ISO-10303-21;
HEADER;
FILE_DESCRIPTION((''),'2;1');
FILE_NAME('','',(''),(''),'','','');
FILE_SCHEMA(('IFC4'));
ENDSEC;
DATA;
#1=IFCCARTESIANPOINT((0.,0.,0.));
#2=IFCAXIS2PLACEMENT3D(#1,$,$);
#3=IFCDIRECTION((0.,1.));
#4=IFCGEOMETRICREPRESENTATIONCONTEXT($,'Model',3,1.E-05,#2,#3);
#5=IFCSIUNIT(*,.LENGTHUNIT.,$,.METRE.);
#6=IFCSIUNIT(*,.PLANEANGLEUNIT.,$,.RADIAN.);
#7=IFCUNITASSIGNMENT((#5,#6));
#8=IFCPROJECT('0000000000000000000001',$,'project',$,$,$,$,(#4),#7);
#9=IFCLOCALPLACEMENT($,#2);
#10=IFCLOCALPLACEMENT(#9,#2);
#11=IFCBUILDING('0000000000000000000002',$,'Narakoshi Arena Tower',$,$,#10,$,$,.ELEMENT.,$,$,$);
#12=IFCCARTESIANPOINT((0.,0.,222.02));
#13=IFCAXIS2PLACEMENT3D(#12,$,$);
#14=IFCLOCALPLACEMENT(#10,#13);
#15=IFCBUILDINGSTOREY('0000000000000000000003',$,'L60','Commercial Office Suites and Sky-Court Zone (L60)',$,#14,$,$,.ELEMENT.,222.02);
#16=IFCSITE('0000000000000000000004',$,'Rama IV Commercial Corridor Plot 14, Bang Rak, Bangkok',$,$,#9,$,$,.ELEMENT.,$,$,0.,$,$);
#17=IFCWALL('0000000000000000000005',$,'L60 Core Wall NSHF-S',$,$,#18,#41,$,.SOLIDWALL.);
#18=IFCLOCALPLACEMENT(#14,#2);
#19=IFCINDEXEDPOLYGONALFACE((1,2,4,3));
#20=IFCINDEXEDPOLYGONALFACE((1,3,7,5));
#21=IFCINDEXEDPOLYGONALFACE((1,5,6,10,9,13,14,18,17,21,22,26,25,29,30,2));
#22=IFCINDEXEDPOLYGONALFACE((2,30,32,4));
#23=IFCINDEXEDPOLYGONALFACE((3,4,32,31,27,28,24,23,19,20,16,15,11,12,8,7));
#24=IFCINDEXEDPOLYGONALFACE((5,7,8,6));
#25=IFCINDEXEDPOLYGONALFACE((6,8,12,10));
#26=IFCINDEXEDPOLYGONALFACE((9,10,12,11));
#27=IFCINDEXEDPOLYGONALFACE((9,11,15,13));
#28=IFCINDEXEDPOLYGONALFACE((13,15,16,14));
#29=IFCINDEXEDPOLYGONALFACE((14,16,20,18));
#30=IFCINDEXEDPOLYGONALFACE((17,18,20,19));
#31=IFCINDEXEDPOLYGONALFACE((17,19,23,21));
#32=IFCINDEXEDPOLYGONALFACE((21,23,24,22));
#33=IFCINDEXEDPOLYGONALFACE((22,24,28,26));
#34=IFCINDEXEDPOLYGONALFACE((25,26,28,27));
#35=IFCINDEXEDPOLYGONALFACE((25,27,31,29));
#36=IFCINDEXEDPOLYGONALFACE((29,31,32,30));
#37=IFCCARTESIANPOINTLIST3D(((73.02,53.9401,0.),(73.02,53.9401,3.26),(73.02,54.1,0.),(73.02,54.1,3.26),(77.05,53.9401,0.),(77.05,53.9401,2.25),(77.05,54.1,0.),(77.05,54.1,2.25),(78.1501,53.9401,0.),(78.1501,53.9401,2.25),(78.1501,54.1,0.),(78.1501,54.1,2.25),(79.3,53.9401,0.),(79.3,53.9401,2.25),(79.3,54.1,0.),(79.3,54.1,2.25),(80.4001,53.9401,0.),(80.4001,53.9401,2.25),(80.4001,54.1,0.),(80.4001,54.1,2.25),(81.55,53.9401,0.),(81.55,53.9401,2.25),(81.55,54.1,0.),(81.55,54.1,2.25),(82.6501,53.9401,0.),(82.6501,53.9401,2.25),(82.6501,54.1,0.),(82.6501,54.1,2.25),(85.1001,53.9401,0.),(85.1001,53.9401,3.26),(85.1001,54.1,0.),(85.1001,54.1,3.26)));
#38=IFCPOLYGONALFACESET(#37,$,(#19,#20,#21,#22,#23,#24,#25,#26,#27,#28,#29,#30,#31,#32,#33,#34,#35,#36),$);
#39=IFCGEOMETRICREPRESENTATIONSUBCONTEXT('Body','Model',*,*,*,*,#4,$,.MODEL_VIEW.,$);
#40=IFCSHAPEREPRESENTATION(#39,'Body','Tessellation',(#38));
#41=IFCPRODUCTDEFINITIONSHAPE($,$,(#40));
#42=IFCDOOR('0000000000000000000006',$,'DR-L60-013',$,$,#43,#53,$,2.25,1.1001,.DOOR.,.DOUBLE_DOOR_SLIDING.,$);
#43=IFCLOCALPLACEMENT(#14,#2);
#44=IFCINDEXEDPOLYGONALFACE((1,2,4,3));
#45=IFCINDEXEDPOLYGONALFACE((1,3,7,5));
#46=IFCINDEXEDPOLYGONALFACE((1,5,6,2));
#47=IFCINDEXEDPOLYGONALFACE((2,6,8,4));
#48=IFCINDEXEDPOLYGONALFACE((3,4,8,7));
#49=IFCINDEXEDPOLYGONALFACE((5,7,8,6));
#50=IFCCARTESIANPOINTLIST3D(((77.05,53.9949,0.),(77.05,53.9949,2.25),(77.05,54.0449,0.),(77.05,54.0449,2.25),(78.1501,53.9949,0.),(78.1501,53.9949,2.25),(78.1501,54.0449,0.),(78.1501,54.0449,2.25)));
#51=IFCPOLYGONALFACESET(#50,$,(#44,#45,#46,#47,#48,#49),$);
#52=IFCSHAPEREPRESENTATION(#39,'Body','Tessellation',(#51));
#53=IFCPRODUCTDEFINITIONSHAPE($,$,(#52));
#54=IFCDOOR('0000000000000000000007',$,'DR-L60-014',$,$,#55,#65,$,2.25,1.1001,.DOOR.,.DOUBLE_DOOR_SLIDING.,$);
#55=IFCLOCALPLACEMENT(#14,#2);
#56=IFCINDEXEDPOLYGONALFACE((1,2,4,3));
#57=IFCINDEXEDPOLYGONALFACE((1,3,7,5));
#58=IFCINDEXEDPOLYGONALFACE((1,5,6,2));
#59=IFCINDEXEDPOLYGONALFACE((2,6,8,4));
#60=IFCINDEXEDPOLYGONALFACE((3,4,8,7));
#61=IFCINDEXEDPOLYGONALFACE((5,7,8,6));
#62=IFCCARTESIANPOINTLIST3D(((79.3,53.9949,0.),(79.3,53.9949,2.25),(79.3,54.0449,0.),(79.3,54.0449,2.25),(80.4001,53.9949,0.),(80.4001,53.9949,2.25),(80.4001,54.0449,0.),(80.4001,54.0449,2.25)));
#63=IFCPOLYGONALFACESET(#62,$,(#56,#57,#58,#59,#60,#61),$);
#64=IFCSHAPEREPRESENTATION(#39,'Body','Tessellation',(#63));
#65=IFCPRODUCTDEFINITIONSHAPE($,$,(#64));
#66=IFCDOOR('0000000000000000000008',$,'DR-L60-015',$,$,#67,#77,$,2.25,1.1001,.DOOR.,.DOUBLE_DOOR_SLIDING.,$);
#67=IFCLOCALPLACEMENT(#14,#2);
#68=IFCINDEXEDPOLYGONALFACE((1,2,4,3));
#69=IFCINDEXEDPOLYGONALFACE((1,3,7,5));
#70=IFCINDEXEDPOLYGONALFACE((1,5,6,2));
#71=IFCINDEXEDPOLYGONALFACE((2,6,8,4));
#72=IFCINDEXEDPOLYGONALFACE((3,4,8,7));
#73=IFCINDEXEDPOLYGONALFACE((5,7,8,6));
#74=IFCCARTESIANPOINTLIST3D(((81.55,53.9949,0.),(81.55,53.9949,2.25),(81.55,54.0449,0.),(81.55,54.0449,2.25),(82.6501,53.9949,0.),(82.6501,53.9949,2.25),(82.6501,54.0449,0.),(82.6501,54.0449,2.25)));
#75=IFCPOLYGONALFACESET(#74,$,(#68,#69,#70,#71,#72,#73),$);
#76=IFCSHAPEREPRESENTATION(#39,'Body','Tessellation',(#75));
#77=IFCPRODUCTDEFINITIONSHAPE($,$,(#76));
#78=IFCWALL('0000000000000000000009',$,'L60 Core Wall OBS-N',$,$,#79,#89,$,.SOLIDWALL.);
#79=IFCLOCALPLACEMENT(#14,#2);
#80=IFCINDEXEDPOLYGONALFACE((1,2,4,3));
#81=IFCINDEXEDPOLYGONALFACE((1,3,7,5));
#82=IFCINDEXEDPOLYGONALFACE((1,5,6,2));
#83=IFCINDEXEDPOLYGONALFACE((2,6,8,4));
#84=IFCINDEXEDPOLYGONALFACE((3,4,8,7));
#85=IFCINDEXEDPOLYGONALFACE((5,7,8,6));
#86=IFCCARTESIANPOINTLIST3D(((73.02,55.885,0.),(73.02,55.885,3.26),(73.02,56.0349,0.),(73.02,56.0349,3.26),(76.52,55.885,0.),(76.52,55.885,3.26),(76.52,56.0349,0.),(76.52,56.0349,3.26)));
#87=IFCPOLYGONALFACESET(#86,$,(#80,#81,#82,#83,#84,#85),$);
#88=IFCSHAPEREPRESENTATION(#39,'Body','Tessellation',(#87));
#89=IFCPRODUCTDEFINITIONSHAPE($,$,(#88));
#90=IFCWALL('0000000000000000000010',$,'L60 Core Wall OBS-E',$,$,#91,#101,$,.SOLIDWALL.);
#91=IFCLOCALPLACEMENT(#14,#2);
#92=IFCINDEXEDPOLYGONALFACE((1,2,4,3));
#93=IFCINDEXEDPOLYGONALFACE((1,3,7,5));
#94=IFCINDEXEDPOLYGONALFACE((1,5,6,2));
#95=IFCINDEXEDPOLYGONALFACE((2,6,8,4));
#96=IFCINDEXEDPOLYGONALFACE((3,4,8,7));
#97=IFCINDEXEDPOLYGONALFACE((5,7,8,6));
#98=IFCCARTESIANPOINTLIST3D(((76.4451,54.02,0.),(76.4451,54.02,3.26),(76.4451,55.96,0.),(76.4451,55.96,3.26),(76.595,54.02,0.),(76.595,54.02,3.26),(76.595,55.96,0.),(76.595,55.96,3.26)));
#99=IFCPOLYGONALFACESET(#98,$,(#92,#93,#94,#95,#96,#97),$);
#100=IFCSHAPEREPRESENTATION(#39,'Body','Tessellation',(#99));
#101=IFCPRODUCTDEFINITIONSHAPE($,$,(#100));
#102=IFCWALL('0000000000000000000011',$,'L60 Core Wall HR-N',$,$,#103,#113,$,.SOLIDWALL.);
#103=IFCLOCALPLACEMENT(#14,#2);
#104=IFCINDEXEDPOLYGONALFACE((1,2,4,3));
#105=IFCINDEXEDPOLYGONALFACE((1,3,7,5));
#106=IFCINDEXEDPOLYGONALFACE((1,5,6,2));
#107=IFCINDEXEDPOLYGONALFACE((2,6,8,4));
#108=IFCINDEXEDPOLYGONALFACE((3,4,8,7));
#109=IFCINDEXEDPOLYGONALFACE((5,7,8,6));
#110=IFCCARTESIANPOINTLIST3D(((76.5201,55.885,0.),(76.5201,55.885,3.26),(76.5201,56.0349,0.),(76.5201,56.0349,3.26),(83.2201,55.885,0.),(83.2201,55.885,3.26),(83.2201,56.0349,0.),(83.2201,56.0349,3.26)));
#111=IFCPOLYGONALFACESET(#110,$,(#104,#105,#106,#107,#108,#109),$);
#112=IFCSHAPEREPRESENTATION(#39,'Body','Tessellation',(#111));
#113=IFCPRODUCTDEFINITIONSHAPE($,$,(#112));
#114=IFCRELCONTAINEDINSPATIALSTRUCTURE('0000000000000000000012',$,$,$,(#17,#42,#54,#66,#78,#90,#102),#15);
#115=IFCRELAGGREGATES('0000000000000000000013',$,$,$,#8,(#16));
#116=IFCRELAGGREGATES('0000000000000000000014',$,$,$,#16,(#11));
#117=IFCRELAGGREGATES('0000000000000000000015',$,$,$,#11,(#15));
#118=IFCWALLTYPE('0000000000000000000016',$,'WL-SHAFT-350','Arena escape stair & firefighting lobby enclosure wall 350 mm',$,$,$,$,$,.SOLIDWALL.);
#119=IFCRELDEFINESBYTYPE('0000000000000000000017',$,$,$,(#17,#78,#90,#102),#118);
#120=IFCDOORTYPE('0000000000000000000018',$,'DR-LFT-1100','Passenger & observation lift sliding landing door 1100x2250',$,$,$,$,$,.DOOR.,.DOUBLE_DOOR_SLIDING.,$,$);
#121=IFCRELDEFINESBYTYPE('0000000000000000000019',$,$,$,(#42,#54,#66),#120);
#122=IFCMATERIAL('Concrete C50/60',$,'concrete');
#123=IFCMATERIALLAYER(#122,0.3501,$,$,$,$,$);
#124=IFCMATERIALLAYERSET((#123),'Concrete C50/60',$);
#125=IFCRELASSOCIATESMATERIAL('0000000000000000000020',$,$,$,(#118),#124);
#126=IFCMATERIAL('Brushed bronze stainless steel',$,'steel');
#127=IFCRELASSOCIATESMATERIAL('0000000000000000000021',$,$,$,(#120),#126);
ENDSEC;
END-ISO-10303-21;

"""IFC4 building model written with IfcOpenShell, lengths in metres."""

from ifc_helpers import new_model, si_unit, direction, frame, frame_2d, origin, place, context, subcontext, project, spatial, rectangle, extrude, material, layer, layer_set, type_object, element, fill, save


model = new_model("IFC4")

# Units and contexts
model_context = context("Model", 3, precision=1e-05, world=origin(), true_north=direction((0.0, 1.0)))
body_context = subcontext(model_context, "Body", "Model", "MODEL_VIEW")
ifc_project = project(units=[si_unit("LENGTHUNIT", "METRE"), si_unit("PLANEANGLEUNIT", "RADIAN")], contexts=[model_context])

# Site, building, storey
site_placement = place(None, origin())
site = spatial("IfcSite", under=ifc_project, at=site_placement, Name="Rama IV Commercial Corridor Plot 14, Bang Rak, Bangkok", CompositionType="ELEMENT", RefElevation=0.0)
building_placement = place(site_placement, origin())
building = spatial("IfcBuilding", under=site, at=building_placement, Name="Narakoshi Arena Tower", CompositionType="ELEMENT")
storey_placement = place(building_placement, frame((0.0, 0.0, 222.02)))
storey = spatial("IfcBuildingStorey", under=building, at=storey_placement, Name="L60", Description="Commercial Office Suites and Sky-Court Zone (L60)", CompositionType="ELEMENT", Elevation=222.02)

# Shared definitions
ifc_material_1 = material(Name="Concrete C50/60", Category="concrete")
ifc_layer_1 = layer(ifc_material_1, 0.3501)
ifc_layer_set_1 = layer_set([ifc_layer_1], Name="Concrete C50/60")
wall_type_1 = type_object("IfcWallType", Name="WL-SHAFT-350", Description="Arena escape stair & firefighting lobby enclosure wall 350 mm", PredefinedType="SOLIDWALL", material=ifc_layer_set_1)

# Wall, openings, doors
wall_1_placement = place(storey_placement, frame((73.02, 54.02, 0.0), z_axis=(0.0, 0.0, 1.0), x_axis=(1.0, 0.0, 0.0)))
wall_1 = element("IfcWall", 1, at=wall_1_placement, inside=storey, type_object=wall_type_1, Name="L60 Core Wall NSHF-S", PredefinedType="SOLIDWALL", context=body_context, shape_type="SweptSolid", body=[
    extrude(rectangle(XDim=12.0801, YDim=0.1599, at=frame_2d((6.04, 0.0))), origin(), (0.0, 0.0, 1.0), 3.26),
])
opening_1_placement = place(wall_1_placement, frame((4.03, 0.0, 0.0)))
opening_1 = element("IfcOpeningElement", 2, at=opening_1_placement, cuts=wall_1, PredefinedType="OPENING", context=body_context, shape_type="SweptSolid", body=[
    extrude(rectangle(XDim=1.1001, YDim=2.25, at=frame_2d((0.55, 1.125))), frame((0.0, 0.0898, 0.0), z_axis=(0.0, -1.0, 0.0), x_axis=(1.0, 0.0, 0.0)), (0.0, 0.0, 1.0), 0.1799),
])
opening_2_placement = place(wall_1_placement, frame((6.28, 0.0, 0.0)))
opening_2 = element("IfcOpeningElement", 3, at=opening_2_placement, cuts=wall_1, PredefinedType="OPENING", context=body_context, shape_type="SweptSolid", body=[
    extrude(rectangle(XDim=1.1001, YDim=2.25, at=frame_2d((0.55, 1.125))), frame((0.0, 0.0898, 0.0), z_axis=(0.0, -1.0, 0.0), x_axis=(1.0, 0.0, 0.0)), (0.0, 0.0, 1.0), 0.1799),
])
opening_3_placement = place(wall_1_placement, frame((8.53, 0.0, 0.0)))
opening_3 = element("IfcOpeningElement", 4, at=opening_3_placement, cuts=wall_1, PredefinedType="OPENING", context=body_context, shape_type="SweptSolid", body=[
    extrude(rectangle(XDim=1.1001, YDim=2.25, at=frame_2d((0.55, 1.125))), frame((0.0, 0.0898, 0.0), z_axis=(0.0, -1.0, 0.0), x_axis=(1.0, 0.0, 0.0)), (0.0, 0.0, 1.0), 0.1799),
])
ifc_material_2 = material(Name="Brushed bronze stainless steel", Category="steel")
door_type_1 = type_object("IfcDoorType", Name="DR-LFT-1100", Description="Passenger & observation lift sliding landing door 1100x2250", OperationType="DOUBLE_DOOR_SLIDING", PredefinedType="DOOR", material=ifc_material_2)
door_1_placement = place(opening_1_placement, origin())
door_1 = element("IfcDoor", 5, at=door_1_placement, inside=storey, type_object=door_type_1, Name="DR-L60-013", OperationType="DOUBLE_DOOR_SLIDING", OverallHeight=2.25, OverallWidth=1.1001, PredefinedType="DOOR", context=body_context, shape_type="SweptSolid", body=[
    extrude(rectangle(XDim=1.1001, YDim=2.25, at=frame_2d((0.55, 1.125))), frame((0.0, 0.0249, 0.0), z_axis=(0.0, -1.0, 0.0), x_axis=(1.0, 0.0, 0.0)), (0.0, 0.0, 1.0), 0.05),
])
fill(opening_1, door_1)
door_2_placement = place(opening_2_placement, origin())
door_2 = element("IfcDoor", 6, at=door_2_placement, inside=storey, type_object=door_type_1, Name="DR-L60-014", OperationType="DOUBLE_DOOR_SLIDING", OverallHeight=2.25, OverallWidth=1.1001, PredefinedType="DOOR", context=body_context, shape_type="SweptSolid", body=[
    extrude(rectangle(XDim=1.1001, YDim=2.25, at=frame_2d((0.55, 1.125))), frame((0.0, 0.0249, 0.0), z_axis=(0.0, -1.0, 0.0), x_axis=(1.0, 0.0, 0.0)), (0.0, 0.0, 1.0), 0.05),
])
fill(opening_2, door_2)
door_3_placement = place(opening_3_placement, origin())
door_3 = element("IfcDoor", 7, at=door_3_placement, inside=storey, type_object=door_type_1, Name="DR-L60-015", OperationType="DOUBLE_DOOR_SLIDING", OverallHeight=2.25, OverallWidth=1.1001, PredefinedType="DOOR", context=body_context, shape_type="SweptSolid", body=[
    extrude(rectangle(XDim=1.1001, YDim=2.25, at=frame_2d((0.55, 1.125))), frame((0.0, 0.0249, 0.0), z_axis=(0.0, -1.0, 0.0), x_axis=(1.0, 0.0, 0.0)), (0.0, 0.0, 1.0), 0.05),
])
fill(opening_3, door_3)

# Walls
wall_2_placement = place(storey_placement, frame((73.02, 55.96, 0.0), z_axis=(0.0, 0.0, 1.0), x_axis=(1.0, 0.0, 0.0)))
element("IfcWall", 8, at=wall_2_placement, inside=storey, type_object=wall_type_1, Name="L60 Core Wall OBS-N", PredefinedType="SOLIDWALL", context=body_context, shape_type="SweptSolid", body=[
    extrude(rectangle(XDim=3.5, YDim=0.1499, at=frame_2d((1.75, 0.0))), origin(), (0.0, 0.0, 1.0), 3.26),
])
wall_3_placement = place(storey_placement, frame((76.52, 54.02, 0.0), z_axis=(0.0, 0.0, 1.0), x_axis=(0.0, 1.0, 0.0)))
element("IfcWall", 9, at=wall_3_placement, inside=storey, type_object=wall_type_1, Name="L60 Core Wall OBS-E", PredefinedType="SOLIDWALL", context=body_context, shape_type="SweptSolid", body=[
    extrude(rectangle(XDim=1.9399, YDim=0.1499, at=frame_2d((0.97, 0.0))), origin(), (0.0, 0.0, 1.0), 3.26),
])
wall_4_placement = place(storey_placement, frame((76.52, 55.96, 0.0), z_axis=(0.0, 0.0, 1.0), x_axis=(1.0, 0.0, 0.0)))
element("IfcWall", 10, at=wall_4_placement, inside=storey, type_object=wall_type_1, Name="L60 Core Wall HR-N", PredefinedType="SOLIDWALL", context=body_context, shape_type="SweptSolid", body=[
    extrude(rectangle(XDim=6.7, YDim=0.1499, at=frame_2d((3.3501, 0.0))), origin(), (0.0, 0.0, 1.0), 3.26),
])

save(model, "model.ifc")
